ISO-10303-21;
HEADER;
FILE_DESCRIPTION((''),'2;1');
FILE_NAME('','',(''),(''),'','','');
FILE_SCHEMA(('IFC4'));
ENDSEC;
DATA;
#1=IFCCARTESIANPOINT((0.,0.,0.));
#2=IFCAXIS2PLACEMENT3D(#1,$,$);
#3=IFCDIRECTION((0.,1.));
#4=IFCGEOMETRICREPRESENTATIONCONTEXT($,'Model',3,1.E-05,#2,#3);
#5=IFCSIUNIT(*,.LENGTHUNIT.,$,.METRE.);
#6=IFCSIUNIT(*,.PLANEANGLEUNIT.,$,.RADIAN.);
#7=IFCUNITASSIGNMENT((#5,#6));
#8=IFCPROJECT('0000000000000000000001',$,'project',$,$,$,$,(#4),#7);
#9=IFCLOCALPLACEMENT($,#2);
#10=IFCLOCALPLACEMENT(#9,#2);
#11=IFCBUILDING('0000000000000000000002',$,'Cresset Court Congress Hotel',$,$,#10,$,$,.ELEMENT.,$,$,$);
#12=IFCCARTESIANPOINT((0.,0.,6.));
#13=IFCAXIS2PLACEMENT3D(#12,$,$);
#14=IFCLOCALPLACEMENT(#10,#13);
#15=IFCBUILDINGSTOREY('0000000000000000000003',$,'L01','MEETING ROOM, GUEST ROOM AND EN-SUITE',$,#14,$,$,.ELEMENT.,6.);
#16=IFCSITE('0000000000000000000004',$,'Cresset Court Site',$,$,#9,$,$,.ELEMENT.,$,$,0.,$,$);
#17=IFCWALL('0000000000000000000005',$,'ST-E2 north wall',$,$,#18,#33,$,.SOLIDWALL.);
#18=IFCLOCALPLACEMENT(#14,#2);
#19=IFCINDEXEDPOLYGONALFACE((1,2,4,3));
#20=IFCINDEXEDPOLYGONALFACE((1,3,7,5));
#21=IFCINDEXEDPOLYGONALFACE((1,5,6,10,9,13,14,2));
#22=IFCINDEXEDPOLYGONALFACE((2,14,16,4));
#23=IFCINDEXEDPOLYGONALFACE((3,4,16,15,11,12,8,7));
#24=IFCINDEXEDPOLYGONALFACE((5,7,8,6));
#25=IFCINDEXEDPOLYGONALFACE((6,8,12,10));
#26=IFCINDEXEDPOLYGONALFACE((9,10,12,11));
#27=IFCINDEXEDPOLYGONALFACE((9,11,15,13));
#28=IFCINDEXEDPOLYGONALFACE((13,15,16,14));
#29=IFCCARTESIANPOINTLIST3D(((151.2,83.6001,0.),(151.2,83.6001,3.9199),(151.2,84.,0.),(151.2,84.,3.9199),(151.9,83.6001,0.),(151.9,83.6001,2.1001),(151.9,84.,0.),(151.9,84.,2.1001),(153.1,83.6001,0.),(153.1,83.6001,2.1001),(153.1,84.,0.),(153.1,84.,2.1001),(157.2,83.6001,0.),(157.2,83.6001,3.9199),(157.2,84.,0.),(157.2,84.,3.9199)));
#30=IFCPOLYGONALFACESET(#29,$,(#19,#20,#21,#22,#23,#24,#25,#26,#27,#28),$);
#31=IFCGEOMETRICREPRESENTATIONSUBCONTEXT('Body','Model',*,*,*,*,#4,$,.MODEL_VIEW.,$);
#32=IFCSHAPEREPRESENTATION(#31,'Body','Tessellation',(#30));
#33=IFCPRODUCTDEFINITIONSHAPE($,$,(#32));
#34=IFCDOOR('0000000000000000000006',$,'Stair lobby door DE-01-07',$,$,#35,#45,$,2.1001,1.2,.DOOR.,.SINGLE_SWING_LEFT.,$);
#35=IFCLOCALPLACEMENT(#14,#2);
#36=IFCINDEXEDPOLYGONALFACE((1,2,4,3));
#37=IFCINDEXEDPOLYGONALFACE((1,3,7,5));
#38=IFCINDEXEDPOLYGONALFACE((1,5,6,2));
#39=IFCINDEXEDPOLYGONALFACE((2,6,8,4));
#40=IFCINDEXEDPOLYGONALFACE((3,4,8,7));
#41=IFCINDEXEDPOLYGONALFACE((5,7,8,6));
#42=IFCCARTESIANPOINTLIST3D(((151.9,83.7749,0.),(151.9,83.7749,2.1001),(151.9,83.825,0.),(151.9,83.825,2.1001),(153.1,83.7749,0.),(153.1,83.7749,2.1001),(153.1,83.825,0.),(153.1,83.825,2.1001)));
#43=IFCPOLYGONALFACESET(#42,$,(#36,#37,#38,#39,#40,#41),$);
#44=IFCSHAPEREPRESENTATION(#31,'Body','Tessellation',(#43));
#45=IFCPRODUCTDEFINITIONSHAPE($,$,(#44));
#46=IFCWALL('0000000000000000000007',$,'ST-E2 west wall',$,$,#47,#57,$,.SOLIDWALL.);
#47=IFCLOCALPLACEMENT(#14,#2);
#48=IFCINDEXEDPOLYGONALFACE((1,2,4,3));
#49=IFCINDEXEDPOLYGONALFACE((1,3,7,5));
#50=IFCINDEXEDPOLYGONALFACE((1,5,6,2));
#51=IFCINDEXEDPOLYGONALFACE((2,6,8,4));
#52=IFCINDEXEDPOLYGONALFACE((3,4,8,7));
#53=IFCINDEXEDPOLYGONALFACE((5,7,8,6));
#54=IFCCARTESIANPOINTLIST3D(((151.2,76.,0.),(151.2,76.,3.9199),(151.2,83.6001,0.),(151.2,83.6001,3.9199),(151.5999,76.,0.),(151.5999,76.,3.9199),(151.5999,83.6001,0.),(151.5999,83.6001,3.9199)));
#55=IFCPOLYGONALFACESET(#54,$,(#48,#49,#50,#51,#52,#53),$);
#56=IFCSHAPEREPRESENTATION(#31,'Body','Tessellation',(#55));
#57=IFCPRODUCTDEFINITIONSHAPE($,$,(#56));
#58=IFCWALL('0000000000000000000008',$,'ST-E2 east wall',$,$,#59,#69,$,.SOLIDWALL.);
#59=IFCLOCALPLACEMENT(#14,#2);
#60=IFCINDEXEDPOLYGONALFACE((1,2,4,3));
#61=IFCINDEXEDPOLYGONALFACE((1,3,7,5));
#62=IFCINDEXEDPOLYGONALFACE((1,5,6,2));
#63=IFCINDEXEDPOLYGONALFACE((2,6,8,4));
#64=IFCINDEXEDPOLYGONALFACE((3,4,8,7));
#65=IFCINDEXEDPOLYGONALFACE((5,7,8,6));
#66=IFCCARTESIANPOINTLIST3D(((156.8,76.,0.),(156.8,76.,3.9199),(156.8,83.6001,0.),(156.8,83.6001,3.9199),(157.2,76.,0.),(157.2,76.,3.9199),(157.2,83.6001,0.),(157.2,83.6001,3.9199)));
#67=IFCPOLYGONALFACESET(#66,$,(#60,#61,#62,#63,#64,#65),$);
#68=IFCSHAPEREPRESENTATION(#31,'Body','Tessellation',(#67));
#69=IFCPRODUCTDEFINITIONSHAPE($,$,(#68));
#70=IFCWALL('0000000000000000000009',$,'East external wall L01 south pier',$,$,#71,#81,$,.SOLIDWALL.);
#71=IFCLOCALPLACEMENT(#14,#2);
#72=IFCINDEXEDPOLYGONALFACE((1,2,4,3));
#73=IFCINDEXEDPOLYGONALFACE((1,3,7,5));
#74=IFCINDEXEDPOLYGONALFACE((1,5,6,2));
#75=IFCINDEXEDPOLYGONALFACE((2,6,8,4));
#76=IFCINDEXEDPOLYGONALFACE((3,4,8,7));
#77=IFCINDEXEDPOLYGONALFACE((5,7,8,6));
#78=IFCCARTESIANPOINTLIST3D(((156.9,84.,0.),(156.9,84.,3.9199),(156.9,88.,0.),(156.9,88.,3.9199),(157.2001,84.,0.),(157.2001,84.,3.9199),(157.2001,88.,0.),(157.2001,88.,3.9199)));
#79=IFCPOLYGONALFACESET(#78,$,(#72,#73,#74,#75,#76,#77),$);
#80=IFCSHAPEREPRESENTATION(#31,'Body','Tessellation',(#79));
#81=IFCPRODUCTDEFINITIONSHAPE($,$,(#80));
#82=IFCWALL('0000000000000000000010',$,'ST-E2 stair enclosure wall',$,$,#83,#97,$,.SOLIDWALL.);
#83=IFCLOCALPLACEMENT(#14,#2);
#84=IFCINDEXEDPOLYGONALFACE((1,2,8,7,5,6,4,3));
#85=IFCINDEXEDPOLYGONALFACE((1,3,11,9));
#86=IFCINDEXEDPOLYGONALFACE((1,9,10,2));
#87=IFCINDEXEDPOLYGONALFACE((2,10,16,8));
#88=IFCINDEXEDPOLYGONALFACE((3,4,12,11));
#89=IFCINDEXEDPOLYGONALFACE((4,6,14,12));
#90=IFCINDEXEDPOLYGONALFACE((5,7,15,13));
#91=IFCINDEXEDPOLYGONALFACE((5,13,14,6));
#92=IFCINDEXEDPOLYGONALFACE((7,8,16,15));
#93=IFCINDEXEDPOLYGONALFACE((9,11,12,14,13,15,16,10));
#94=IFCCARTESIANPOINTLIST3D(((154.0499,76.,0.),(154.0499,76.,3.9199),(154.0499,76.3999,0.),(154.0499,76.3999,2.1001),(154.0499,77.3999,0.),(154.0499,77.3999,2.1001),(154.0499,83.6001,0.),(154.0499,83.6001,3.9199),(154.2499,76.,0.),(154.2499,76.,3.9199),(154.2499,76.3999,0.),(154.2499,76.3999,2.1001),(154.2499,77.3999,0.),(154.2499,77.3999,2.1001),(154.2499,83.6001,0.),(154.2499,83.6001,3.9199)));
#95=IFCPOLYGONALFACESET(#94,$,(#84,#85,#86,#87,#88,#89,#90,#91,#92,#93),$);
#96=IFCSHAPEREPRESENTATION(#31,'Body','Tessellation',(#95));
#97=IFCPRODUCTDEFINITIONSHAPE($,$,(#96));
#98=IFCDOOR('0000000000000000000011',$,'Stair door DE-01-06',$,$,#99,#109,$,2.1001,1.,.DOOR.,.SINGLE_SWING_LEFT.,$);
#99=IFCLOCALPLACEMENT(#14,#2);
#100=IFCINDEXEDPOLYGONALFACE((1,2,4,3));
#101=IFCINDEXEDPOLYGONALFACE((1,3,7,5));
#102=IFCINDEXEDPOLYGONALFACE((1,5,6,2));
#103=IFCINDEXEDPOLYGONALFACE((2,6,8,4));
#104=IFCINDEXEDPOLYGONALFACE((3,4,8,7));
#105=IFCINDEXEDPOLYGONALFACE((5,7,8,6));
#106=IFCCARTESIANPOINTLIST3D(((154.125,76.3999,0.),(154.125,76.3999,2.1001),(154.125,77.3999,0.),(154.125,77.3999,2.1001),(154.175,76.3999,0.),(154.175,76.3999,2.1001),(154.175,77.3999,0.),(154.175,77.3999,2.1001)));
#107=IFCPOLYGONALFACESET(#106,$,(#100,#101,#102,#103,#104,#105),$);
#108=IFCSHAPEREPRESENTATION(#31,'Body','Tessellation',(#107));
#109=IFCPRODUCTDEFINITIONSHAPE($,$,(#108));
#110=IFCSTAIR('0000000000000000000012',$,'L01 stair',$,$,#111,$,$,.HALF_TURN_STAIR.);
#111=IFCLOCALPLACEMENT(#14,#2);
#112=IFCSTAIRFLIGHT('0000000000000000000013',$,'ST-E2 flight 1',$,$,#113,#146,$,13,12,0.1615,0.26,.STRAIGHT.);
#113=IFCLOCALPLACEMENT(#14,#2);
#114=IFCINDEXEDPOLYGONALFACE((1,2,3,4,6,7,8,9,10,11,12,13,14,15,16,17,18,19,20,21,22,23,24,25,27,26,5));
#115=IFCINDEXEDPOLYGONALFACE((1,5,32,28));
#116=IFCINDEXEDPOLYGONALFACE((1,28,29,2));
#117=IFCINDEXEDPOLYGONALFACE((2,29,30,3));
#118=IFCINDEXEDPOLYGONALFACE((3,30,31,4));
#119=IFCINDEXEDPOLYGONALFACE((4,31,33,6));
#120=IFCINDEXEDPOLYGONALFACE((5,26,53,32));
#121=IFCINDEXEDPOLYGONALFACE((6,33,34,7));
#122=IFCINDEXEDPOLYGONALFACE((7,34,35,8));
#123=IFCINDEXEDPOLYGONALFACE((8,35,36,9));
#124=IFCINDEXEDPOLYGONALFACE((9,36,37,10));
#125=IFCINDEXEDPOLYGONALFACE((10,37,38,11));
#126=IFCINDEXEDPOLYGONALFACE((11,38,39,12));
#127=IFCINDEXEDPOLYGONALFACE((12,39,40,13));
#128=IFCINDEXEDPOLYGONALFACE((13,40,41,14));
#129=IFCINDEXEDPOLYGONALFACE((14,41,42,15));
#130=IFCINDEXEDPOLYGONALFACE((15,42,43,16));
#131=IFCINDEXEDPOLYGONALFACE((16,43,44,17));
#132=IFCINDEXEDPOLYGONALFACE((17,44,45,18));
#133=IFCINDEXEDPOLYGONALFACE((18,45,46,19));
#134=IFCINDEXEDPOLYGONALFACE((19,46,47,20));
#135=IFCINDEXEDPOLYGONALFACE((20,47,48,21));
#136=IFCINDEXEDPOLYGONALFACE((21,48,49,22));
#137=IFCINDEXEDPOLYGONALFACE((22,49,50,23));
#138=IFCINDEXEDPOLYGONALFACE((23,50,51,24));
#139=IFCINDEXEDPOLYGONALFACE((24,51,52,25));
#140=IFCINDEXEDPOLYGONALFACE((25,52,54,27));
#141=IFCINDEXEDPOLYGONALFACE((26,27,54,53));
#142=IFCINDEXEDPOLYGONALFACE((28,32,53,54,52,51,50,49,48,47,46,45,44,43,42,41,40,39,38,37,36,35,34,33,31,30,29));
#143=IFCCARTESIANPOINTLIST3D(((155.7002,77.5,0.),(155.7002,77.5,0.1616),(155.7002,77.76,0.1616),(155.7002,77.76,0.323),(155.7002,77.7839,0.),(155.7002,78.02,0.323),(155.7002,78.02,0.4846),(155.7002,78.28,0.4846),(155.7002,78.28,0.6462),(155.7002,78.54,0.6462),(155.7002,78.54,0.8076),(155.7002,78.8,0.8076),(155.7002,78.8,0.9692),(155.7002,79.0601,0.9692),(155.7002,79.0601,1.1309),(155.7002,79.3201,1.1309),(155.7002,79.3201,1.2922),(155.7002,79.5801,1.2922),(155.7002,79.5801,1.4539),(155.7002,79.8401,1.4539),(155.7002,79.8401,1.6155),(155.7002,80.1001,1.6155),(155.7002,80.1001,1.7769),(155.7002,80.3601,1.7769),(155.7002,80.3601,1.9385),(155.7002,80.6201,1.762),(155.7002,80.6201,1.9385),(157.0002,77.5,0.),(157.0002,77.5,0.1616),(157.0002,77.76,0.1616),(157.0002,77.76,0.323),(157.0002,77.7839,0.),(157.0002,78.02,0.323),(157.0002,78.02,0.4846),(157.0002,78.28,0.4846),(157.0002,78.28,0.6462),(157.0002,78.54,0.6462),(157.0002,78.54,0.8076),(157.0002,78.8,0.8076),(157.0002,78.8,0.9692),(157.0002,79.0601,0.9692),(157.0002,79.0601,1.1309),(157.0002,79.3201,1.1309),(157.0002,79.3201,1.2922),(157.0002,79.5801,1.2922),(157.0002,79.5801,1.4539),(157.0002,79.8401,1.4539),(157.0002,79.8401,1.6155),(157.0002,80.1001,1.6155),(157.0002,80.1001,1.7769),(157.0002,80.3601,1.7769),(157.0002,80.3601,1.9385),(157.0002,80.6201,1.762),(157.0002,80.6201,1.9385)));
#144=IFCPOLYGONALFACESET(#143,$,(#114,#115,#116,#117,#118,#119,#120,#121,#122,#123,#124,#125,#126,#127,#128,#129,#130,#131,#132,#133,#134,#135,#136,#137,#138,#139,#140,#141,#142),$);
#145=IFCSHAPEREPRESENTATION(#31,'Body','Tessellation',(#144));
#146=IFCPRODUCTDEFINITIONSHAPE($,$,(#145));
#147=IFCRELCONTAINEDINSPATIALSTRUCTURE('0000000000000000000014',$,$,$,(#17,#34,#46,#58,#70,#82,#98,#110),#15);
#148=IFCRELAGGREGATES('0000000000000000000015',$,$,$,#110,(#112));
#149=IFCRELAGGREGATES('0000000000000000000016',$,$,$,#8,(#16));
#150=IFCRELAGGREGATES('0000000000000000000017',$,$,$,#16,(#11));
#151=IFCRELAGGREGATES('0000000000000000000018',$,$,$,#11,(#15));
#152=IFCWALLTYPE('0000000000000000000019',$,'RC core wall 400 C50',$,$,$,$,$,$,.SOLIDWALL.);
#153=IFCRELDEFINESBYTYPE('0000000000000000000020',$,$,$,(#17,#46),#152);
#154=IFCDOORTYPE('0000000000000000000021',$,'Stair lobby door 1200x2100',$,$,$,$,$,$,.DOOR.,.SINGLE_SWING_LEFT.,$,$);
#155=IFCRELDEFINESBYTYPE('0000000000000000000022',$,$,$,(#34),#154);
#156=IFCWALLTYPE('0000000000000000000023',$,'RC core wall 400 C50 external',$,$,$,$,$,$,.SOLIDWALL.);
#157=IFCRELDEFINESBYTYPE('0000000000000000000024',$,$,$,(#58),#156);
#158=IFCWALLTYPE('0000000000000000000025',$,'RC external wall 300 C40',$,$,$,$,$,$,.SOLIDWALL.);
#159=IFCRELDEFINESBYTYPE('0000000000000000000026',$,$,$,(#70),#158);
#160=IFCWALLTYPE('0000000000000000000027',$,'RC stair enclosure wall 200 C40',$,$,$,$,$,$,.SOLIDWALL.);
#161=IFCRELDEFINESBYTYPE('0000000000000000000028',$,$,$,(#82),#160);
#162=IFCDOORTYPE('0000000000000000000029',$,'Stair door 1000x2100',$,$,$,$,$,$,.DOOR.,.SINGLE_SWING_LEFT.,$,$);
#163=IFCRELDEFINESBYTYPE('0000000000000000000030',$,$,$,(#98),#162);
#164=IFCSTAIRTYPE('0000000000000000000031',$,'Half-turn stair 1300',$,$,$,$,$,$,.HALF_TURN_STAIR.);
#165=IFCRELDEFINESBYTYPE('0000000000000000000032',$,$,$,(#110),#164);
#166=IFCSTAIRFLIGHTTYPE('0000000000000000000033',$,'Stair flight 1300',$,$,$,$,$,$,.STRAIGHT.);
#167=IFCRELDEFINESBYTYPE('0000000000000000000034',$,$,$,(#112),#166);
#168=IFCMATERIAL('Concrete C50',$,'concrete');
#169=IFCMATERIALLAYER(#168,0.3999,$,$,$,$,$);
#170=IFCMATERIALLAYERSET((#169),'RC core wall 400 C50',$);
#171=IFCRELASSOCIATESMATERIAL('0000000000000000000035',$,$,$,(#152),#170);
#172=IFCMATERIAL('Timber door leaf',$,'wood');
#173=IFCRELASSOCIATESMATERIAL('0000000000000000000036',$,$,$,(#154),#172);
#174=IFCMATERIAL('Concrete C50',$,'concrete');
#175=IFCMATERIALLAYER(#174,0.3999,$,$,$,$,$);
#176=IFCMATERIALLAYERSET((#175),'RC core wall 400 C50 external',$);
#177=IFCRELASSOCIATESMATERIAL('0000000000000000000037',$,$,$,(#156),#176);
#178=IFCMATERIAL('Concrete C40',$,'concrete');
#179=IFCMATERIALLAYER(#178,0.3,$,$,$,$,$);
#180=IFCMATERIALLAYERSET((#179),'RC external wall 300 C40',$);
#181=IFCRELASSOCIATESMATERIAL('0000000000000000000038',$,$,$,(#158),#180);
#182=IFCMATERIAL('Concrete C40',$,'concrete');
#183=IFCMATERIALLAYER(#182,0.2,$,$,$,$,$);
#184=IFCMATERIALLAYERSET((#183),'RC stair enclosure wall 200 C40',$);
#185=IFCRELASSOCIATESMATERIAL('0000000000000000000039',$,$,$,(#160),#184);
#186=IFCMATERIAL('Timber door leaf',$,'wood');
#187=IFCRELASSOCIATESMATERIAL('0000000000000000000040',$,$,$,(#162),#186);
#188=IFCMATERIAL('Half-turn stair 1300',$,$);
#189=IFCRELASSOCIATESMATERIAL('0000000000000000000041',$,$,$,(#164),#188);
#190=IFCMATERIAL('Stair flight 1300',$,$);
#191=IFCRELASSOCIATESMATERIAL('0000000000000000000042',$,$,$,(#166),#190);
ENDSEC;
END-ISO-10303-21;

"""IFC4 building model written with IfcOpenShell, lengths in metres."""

from ifc_helpers import new_model, si_unit, direction, frame, frame_2d, origin, place, context, subcontext, project, spatial, polyline, rectangle, outline, extrude, material, layer, layer_set, type_object, element, fill, aggregate, save


model = new_model("IFC4")

# Units and contexts
model_context = context("Model", 3, precision=1e-05, world=origin(), true_north=direction((0.0, 1.0)))
body_context = subcontext(model_context, "Body", "Model", "MODEL_VIEW")
ifc_project = project(units=[si_unit("LENGTHUNIT", "METRE"), si_unit("PLANEANGLEUNIT", "RADIAN")], contexts=[model_context])

# Site, building, storey
site_placement = place(None, origin())
site = spatial("IfcSite", under=ifc_project, at=site_placement, Name="Cresset Court Site", CompositionType="ELEMENT", RefElevation=0.0)
building_placement = place(site_placement, origin())
building = spatial("IfcBuilding", under=site, at=building_placement, Name="Cresset Court Congress Hotel", CompositionType="ELEMENT")
storey_placement = place(building_placement, frame((0.0, 0.0, 6.0)))
storey = spatial("IfcBuildingStorey", under=building, at=storey_placement, Name="L01", Description="MEETING ROOM, GUEST ROOM AND EN-SUITE", CompositionType="ELEMENT", Elevation=6.0)

# Wall, opening, door
ifc_material_1 = material(Name="Concrete C50", Category="concrete")
ifc_layer_1 = layer(ifc_material_1, 0.3999)
ifc_layer_set_1 = layer_set([ifc_layer_1], Name="RC core wall 400 C50")
wall_type_1 = type_object("IfcWallType", Name="RC core wall 400 C50", PredefinedType="SOLIDWALL", material=ifc_layer_set_1)
wall_1_placement = place(storey_placement, frame((151.2, 83.8, 0.0), z_axis=(0.0, 0.0, 1.0), x_axis=(1.0, 0.0, 0.0)))
wall_1 = element("IfcWall", 1, at=wall_1_placement, inside=storey, type_object=wall_type_1, Name="ST-E2 north wall", PredefinedType="SOLIDWALL", context=body_context, shape_type="SweptSolid", body=[
    extrude(rectangle(XDim=6.0, YDim=0.3999, at=frame_2d((3.0, 0.0))), origin(), (0.0, 0.0, 1.0), 3.9199),
])
opening_1_placement = place(wall_1_placement, frame((0.7, 0.0, 0.0)))
opening_1 = element("IfcOpeningElement", 2, at=opening_1_placement, cuts=wall_1, PredefinedType="OPENING", context=body_context, shape_type="SweptSolid", body=[
    extrude(rectangle(XDim=1.2, YDim=2.1001, at=frame_2d((0.6001, 1.05))), frame((0.0, 0.21, 0.0), z_axis=(0.0, -1.0, 0.0), x_axis=(1.0, 0.0, 0.0)), (0.0, 0.0, 1.0), 0.4199),
])
ifc_material_2 = material(Name="Timber door leaf", Category="wood")
door_type_1 = type_object("IfcDoorType", Name="Stair lobby door 1200x2100", OperationType="SINGLE_SWING_LEFT", PredefinedType="DOOR", material=ifc_material_2)
door_1_placement = place(opening_1_placement, origin())
door_1 = element("IfcDoor", 3, at=door_1_placement, inside=storey, type_object=door_type_1, Name="Stair lobby door DE-01-07", OperationType="SINGLE_SWING_LEFT", OverallHeight=2.1001, OverallWidth=1.2, PredefinedType="DOOR", context=body_context, shape_type="SweptSolid", body=[
    extrude(rectangle(XDim=1.2, YDim=2.1001, at=frame_2d((0.6001, 1.05))), frame((0.0, 0.0249, 0.0), z_axis=(0.0, -1.0, 0.0), x_axis=(1.0, 0.0, 0.0)), (0.0, 0.0, 1.0), 0.05),
])
fill(opening_1, door_1)

# Wall
wall_2_placement = place(storey_placement, frame((151.3999, 76.0, 0.0), z_axis=(0.0, 0.0, 1.0), x_axis=(0.0, 1.0, 0.0)))
element("IfcWall", 4, at=wall_2_placement, inside=storey, type_object=wall_type_1, Name="ST-E2 west wall", PredefinedType="SOLIDWALL", context=body_context, shape_type="SweptSolid", body=[
    extrude(rectangle(XDim=7.6001, YDim=0.3999, at=frame_2d((3.8, 0.0))), origin(), (0.0, 0.0, 1.0), 3.9199),
])

# Shared definitions
ifc_material_3 = material(Name="Concrete C50", Category="concrete")
ifc_layer_2 = layer(ifc_material_3, 0.3999)
ifc_layer_set_2 = layer_set([ifc_layer_2], Name="RC core wall 400 C50 external")
wall_type_2 = type_object("IfcWallType", Name="RC core wall 400 C50 external", PredefinedType="SOLIDWALL", material=ifc_layer_set_2)

# Walls
wall_3_placement = place(storey_placement, frame((157.0, 76.0, 0.0), z_axis=(0.0, 0.0, 1.0), x_axis=(0.0, 1.0, 0.0)))
element("IfcWall", 5, at=wall_3_placement, inside=storey, type_object=wall_type_2, Name="ST-E2 east wall", PredefinedType="SOLIDWALL", context=body_context, shape_type="SweptSolid", body=[
    extrude(rectangle(XDim=7.6001, YDim=0.3999, at=frame_2d((3.8, 0.0))), origin(), (0.0, 0.0, 1.0), 3.9199),
])
ifc_material_4 = material(Name="Concrete C40", Category="concrete")
ifc_layer_3 = layer(ifc_material_4, 0.3)
ifc_layer_set_3 = layer_set([ifc_layer_3], Name="RC external wall 300 C40")
wall_type_3 = type_object("IfcWallType", Name="RC external wall 300 C40", PredefinedType="SOLIDWALL", material=ifc_layer_set_3)
wall_4_placement = place(storey_placement, frame((157.05, 84.0, 0.0), z_axis=(0.0, 0.0, 1.0), x_axis=(0.0, 1.0, 0.0)))
element("IfcWall", 6, at=wall_4_placement, inside=storey, type_object=wall_type_3, Name="East external wall L01 south pier", PredefinedType="SOLIDWALL", context=body_context, shape_type="SweptSolid", body=[
    extrude(rectangle(XDim=4.0, YDim=0.3, at=frame_2d((2.0, 0.0))), origin(), (0.0, 0.0, 1.0), 3.9199),
])

# Wall, opening, door
ifc_material_5 = material(Name="Concrete C40", Category="concrete")
ifc_layer_4 = layer(ifc_material_5, 0.2)
ifc_layer_set_4 = layer_set([ifc_layer_4], Name="RC stair enclosure wall 200 C40")
wall_type_4 = type_object("IfcWallType", Name="RC stair enclosure wall 200 C40", PredefinedType="SOLIDWALL", material=ifc_layer_set_4)
wall_5_placement = place(storey_placement, frame((154.1499, 76.0, 0.0), z_axis=(0.0, 0.0, 1.0), x_axis=(0.0, 1.0, 0.0)))
wall_5 = element("IfcWall", 7, at=wall_5_placement, inside=storey, type_object=wall_type_4, Name="ST-E2 stair enclosure wall", PredefinedType="SOLIDWALL", context=body_context, shape_type="SweptSolid", body=[
    extrude(rectangle(XDim=7.6001, YDim=0.2, at=frame_2d((3.8, 0.0))), origin(), (0.0, 0.0, 1.0), 3.9199),
])
opening_2_placement = place(wall_5_placement, frame((0.3999, 0.0, 0.0)))
opening_2 = element("IfcOpeningElement", 8, at=opening_2_placement, cuts=wall_5, PredefinedType="OPENING", context=body_context, shape_type="SweptSolid", body=[
    extrude(rectangle(XDim=1.0, YDim=2.1001, at=frame_2d((0.5, 1.05))), frame((0.0, 0.1099, 0.0), z_axis=(0.0, -1.0, 0.0), x_axis=(1.0, 0.0, 0.0)), (0.0, 0.0, 1.0), 0.22),
])
ifc_material_6 = material(Name="Timber door leaf", Category="wood")
door_type_2 = type_object("IfcDoorType", Name="Stair door 1000x2100", OperationType="SINGLE_SWING_LEFT", PredefinedType="DOOR", material=ifc_material_6)
door_2_placement = place(opening_2_placement, origin())
door_2 = element("IfcDoor", 9, at=door_2_placement, inside=storey, type_object=door_type_2, Name="Stair door DE-01-06", OperationType="SINGLE_SWING_LEFT", OverallHeight=2.1001, OverallWidth=1.0, PredefinedType="DOOR", context=body_context, shape_type="SweptSolid", body=[
    extrude(rectangle(XDim=1.0, YDim=2.1001, at=frame_2d((0.5, 1.05))), frame((0.0, 0.0249, 0.0), z_axis=(0.0, -1.0, 0.0), x_axis=(1.0, 0.0, 0.0)), (0.0, 0.0, 1.0), 0.05),
])
fill(opening_2, door_2)

# Stair, stair flight
ifc_material_7 = material(Name="Half-turn stair 1300")
stair_type = type_object("IfcStairType", Name="Half-turn stair 1300", PredefinedType="HALF_TURN_STAIR", material=ifc_material_7)
stair_placement = place(storey_placement, origin())
stair = element("IfcStair", 10, at=stair_placement, inside=storey, type_object=stair_type, Name="L01 stair", PredefinedType="HALF_TURN_STAIR")
ifc_material_8 = material(Name="Stair flight 1300")
stair_flight_type = type_object("IfcStairFlightType", Name="Stair flight 1300", PredefinedType="STRAIGHT", material=ifc_material_8)
stair_flight_1_placement = place(storey_placement, frame((156.3501, 77.5, 0.0), z_axis=(0.0, 0.0, 1.0), x_axis=(0.0, 1.0, 0.0)))
stair_flight_1 = element("IfcStairFlight", 11, at=stair_flight_1_placement, type_object=stair_flight_type, Name="ST-E2 flight 1", NumberOfRisers=13, NumberOfTreads=12, PredefinedType="STRAIGHT", RiserHeight=0.1615, TreadLength=0.26, context=body_context, shape_type="SweptSolid", body=[
    extrude(outline(polyline([(0.0, 0.0), (0.0, 0.1616), (0.26, 0.1616), (0.26, 0.323), (0.52, 0.323), (0.52, 0.4846), (0.78, 0.4846), (0.78, 0.6462), (1.04, 0.6462), (1.04, 0.8076), (1.3, 0.8076), (1.3, 0.9692), (1.5601, 0.9692), (1.5601, 1.1309), (1.8201, 1.1309), (1.8201, 1.2922), (2.0801, 1.2922), (2.0801, 1.4539), (2.3401, 1.4539), (2.3401, 1.6155), (2.6001, 1.6155), (2.6001, 1.7769), (2.8601, 1.7769), (2.8601, 1.9385), (3.1201, 1.9385), (3.1201, 2.1001), (3.1201, 1.762), (0.2839, 0.0), (0.0, 0.0)])), frame((0.0, 0.6499, 0.0), z_axis=(0.0, -1.0, 0.0), x_axis=(1.0, 0.0, 0.0)), (0.0, 0.0, 1.0), 1.3),
])
aggregate(stair, [stair_flight_1])

save(model, "model.ifc")
